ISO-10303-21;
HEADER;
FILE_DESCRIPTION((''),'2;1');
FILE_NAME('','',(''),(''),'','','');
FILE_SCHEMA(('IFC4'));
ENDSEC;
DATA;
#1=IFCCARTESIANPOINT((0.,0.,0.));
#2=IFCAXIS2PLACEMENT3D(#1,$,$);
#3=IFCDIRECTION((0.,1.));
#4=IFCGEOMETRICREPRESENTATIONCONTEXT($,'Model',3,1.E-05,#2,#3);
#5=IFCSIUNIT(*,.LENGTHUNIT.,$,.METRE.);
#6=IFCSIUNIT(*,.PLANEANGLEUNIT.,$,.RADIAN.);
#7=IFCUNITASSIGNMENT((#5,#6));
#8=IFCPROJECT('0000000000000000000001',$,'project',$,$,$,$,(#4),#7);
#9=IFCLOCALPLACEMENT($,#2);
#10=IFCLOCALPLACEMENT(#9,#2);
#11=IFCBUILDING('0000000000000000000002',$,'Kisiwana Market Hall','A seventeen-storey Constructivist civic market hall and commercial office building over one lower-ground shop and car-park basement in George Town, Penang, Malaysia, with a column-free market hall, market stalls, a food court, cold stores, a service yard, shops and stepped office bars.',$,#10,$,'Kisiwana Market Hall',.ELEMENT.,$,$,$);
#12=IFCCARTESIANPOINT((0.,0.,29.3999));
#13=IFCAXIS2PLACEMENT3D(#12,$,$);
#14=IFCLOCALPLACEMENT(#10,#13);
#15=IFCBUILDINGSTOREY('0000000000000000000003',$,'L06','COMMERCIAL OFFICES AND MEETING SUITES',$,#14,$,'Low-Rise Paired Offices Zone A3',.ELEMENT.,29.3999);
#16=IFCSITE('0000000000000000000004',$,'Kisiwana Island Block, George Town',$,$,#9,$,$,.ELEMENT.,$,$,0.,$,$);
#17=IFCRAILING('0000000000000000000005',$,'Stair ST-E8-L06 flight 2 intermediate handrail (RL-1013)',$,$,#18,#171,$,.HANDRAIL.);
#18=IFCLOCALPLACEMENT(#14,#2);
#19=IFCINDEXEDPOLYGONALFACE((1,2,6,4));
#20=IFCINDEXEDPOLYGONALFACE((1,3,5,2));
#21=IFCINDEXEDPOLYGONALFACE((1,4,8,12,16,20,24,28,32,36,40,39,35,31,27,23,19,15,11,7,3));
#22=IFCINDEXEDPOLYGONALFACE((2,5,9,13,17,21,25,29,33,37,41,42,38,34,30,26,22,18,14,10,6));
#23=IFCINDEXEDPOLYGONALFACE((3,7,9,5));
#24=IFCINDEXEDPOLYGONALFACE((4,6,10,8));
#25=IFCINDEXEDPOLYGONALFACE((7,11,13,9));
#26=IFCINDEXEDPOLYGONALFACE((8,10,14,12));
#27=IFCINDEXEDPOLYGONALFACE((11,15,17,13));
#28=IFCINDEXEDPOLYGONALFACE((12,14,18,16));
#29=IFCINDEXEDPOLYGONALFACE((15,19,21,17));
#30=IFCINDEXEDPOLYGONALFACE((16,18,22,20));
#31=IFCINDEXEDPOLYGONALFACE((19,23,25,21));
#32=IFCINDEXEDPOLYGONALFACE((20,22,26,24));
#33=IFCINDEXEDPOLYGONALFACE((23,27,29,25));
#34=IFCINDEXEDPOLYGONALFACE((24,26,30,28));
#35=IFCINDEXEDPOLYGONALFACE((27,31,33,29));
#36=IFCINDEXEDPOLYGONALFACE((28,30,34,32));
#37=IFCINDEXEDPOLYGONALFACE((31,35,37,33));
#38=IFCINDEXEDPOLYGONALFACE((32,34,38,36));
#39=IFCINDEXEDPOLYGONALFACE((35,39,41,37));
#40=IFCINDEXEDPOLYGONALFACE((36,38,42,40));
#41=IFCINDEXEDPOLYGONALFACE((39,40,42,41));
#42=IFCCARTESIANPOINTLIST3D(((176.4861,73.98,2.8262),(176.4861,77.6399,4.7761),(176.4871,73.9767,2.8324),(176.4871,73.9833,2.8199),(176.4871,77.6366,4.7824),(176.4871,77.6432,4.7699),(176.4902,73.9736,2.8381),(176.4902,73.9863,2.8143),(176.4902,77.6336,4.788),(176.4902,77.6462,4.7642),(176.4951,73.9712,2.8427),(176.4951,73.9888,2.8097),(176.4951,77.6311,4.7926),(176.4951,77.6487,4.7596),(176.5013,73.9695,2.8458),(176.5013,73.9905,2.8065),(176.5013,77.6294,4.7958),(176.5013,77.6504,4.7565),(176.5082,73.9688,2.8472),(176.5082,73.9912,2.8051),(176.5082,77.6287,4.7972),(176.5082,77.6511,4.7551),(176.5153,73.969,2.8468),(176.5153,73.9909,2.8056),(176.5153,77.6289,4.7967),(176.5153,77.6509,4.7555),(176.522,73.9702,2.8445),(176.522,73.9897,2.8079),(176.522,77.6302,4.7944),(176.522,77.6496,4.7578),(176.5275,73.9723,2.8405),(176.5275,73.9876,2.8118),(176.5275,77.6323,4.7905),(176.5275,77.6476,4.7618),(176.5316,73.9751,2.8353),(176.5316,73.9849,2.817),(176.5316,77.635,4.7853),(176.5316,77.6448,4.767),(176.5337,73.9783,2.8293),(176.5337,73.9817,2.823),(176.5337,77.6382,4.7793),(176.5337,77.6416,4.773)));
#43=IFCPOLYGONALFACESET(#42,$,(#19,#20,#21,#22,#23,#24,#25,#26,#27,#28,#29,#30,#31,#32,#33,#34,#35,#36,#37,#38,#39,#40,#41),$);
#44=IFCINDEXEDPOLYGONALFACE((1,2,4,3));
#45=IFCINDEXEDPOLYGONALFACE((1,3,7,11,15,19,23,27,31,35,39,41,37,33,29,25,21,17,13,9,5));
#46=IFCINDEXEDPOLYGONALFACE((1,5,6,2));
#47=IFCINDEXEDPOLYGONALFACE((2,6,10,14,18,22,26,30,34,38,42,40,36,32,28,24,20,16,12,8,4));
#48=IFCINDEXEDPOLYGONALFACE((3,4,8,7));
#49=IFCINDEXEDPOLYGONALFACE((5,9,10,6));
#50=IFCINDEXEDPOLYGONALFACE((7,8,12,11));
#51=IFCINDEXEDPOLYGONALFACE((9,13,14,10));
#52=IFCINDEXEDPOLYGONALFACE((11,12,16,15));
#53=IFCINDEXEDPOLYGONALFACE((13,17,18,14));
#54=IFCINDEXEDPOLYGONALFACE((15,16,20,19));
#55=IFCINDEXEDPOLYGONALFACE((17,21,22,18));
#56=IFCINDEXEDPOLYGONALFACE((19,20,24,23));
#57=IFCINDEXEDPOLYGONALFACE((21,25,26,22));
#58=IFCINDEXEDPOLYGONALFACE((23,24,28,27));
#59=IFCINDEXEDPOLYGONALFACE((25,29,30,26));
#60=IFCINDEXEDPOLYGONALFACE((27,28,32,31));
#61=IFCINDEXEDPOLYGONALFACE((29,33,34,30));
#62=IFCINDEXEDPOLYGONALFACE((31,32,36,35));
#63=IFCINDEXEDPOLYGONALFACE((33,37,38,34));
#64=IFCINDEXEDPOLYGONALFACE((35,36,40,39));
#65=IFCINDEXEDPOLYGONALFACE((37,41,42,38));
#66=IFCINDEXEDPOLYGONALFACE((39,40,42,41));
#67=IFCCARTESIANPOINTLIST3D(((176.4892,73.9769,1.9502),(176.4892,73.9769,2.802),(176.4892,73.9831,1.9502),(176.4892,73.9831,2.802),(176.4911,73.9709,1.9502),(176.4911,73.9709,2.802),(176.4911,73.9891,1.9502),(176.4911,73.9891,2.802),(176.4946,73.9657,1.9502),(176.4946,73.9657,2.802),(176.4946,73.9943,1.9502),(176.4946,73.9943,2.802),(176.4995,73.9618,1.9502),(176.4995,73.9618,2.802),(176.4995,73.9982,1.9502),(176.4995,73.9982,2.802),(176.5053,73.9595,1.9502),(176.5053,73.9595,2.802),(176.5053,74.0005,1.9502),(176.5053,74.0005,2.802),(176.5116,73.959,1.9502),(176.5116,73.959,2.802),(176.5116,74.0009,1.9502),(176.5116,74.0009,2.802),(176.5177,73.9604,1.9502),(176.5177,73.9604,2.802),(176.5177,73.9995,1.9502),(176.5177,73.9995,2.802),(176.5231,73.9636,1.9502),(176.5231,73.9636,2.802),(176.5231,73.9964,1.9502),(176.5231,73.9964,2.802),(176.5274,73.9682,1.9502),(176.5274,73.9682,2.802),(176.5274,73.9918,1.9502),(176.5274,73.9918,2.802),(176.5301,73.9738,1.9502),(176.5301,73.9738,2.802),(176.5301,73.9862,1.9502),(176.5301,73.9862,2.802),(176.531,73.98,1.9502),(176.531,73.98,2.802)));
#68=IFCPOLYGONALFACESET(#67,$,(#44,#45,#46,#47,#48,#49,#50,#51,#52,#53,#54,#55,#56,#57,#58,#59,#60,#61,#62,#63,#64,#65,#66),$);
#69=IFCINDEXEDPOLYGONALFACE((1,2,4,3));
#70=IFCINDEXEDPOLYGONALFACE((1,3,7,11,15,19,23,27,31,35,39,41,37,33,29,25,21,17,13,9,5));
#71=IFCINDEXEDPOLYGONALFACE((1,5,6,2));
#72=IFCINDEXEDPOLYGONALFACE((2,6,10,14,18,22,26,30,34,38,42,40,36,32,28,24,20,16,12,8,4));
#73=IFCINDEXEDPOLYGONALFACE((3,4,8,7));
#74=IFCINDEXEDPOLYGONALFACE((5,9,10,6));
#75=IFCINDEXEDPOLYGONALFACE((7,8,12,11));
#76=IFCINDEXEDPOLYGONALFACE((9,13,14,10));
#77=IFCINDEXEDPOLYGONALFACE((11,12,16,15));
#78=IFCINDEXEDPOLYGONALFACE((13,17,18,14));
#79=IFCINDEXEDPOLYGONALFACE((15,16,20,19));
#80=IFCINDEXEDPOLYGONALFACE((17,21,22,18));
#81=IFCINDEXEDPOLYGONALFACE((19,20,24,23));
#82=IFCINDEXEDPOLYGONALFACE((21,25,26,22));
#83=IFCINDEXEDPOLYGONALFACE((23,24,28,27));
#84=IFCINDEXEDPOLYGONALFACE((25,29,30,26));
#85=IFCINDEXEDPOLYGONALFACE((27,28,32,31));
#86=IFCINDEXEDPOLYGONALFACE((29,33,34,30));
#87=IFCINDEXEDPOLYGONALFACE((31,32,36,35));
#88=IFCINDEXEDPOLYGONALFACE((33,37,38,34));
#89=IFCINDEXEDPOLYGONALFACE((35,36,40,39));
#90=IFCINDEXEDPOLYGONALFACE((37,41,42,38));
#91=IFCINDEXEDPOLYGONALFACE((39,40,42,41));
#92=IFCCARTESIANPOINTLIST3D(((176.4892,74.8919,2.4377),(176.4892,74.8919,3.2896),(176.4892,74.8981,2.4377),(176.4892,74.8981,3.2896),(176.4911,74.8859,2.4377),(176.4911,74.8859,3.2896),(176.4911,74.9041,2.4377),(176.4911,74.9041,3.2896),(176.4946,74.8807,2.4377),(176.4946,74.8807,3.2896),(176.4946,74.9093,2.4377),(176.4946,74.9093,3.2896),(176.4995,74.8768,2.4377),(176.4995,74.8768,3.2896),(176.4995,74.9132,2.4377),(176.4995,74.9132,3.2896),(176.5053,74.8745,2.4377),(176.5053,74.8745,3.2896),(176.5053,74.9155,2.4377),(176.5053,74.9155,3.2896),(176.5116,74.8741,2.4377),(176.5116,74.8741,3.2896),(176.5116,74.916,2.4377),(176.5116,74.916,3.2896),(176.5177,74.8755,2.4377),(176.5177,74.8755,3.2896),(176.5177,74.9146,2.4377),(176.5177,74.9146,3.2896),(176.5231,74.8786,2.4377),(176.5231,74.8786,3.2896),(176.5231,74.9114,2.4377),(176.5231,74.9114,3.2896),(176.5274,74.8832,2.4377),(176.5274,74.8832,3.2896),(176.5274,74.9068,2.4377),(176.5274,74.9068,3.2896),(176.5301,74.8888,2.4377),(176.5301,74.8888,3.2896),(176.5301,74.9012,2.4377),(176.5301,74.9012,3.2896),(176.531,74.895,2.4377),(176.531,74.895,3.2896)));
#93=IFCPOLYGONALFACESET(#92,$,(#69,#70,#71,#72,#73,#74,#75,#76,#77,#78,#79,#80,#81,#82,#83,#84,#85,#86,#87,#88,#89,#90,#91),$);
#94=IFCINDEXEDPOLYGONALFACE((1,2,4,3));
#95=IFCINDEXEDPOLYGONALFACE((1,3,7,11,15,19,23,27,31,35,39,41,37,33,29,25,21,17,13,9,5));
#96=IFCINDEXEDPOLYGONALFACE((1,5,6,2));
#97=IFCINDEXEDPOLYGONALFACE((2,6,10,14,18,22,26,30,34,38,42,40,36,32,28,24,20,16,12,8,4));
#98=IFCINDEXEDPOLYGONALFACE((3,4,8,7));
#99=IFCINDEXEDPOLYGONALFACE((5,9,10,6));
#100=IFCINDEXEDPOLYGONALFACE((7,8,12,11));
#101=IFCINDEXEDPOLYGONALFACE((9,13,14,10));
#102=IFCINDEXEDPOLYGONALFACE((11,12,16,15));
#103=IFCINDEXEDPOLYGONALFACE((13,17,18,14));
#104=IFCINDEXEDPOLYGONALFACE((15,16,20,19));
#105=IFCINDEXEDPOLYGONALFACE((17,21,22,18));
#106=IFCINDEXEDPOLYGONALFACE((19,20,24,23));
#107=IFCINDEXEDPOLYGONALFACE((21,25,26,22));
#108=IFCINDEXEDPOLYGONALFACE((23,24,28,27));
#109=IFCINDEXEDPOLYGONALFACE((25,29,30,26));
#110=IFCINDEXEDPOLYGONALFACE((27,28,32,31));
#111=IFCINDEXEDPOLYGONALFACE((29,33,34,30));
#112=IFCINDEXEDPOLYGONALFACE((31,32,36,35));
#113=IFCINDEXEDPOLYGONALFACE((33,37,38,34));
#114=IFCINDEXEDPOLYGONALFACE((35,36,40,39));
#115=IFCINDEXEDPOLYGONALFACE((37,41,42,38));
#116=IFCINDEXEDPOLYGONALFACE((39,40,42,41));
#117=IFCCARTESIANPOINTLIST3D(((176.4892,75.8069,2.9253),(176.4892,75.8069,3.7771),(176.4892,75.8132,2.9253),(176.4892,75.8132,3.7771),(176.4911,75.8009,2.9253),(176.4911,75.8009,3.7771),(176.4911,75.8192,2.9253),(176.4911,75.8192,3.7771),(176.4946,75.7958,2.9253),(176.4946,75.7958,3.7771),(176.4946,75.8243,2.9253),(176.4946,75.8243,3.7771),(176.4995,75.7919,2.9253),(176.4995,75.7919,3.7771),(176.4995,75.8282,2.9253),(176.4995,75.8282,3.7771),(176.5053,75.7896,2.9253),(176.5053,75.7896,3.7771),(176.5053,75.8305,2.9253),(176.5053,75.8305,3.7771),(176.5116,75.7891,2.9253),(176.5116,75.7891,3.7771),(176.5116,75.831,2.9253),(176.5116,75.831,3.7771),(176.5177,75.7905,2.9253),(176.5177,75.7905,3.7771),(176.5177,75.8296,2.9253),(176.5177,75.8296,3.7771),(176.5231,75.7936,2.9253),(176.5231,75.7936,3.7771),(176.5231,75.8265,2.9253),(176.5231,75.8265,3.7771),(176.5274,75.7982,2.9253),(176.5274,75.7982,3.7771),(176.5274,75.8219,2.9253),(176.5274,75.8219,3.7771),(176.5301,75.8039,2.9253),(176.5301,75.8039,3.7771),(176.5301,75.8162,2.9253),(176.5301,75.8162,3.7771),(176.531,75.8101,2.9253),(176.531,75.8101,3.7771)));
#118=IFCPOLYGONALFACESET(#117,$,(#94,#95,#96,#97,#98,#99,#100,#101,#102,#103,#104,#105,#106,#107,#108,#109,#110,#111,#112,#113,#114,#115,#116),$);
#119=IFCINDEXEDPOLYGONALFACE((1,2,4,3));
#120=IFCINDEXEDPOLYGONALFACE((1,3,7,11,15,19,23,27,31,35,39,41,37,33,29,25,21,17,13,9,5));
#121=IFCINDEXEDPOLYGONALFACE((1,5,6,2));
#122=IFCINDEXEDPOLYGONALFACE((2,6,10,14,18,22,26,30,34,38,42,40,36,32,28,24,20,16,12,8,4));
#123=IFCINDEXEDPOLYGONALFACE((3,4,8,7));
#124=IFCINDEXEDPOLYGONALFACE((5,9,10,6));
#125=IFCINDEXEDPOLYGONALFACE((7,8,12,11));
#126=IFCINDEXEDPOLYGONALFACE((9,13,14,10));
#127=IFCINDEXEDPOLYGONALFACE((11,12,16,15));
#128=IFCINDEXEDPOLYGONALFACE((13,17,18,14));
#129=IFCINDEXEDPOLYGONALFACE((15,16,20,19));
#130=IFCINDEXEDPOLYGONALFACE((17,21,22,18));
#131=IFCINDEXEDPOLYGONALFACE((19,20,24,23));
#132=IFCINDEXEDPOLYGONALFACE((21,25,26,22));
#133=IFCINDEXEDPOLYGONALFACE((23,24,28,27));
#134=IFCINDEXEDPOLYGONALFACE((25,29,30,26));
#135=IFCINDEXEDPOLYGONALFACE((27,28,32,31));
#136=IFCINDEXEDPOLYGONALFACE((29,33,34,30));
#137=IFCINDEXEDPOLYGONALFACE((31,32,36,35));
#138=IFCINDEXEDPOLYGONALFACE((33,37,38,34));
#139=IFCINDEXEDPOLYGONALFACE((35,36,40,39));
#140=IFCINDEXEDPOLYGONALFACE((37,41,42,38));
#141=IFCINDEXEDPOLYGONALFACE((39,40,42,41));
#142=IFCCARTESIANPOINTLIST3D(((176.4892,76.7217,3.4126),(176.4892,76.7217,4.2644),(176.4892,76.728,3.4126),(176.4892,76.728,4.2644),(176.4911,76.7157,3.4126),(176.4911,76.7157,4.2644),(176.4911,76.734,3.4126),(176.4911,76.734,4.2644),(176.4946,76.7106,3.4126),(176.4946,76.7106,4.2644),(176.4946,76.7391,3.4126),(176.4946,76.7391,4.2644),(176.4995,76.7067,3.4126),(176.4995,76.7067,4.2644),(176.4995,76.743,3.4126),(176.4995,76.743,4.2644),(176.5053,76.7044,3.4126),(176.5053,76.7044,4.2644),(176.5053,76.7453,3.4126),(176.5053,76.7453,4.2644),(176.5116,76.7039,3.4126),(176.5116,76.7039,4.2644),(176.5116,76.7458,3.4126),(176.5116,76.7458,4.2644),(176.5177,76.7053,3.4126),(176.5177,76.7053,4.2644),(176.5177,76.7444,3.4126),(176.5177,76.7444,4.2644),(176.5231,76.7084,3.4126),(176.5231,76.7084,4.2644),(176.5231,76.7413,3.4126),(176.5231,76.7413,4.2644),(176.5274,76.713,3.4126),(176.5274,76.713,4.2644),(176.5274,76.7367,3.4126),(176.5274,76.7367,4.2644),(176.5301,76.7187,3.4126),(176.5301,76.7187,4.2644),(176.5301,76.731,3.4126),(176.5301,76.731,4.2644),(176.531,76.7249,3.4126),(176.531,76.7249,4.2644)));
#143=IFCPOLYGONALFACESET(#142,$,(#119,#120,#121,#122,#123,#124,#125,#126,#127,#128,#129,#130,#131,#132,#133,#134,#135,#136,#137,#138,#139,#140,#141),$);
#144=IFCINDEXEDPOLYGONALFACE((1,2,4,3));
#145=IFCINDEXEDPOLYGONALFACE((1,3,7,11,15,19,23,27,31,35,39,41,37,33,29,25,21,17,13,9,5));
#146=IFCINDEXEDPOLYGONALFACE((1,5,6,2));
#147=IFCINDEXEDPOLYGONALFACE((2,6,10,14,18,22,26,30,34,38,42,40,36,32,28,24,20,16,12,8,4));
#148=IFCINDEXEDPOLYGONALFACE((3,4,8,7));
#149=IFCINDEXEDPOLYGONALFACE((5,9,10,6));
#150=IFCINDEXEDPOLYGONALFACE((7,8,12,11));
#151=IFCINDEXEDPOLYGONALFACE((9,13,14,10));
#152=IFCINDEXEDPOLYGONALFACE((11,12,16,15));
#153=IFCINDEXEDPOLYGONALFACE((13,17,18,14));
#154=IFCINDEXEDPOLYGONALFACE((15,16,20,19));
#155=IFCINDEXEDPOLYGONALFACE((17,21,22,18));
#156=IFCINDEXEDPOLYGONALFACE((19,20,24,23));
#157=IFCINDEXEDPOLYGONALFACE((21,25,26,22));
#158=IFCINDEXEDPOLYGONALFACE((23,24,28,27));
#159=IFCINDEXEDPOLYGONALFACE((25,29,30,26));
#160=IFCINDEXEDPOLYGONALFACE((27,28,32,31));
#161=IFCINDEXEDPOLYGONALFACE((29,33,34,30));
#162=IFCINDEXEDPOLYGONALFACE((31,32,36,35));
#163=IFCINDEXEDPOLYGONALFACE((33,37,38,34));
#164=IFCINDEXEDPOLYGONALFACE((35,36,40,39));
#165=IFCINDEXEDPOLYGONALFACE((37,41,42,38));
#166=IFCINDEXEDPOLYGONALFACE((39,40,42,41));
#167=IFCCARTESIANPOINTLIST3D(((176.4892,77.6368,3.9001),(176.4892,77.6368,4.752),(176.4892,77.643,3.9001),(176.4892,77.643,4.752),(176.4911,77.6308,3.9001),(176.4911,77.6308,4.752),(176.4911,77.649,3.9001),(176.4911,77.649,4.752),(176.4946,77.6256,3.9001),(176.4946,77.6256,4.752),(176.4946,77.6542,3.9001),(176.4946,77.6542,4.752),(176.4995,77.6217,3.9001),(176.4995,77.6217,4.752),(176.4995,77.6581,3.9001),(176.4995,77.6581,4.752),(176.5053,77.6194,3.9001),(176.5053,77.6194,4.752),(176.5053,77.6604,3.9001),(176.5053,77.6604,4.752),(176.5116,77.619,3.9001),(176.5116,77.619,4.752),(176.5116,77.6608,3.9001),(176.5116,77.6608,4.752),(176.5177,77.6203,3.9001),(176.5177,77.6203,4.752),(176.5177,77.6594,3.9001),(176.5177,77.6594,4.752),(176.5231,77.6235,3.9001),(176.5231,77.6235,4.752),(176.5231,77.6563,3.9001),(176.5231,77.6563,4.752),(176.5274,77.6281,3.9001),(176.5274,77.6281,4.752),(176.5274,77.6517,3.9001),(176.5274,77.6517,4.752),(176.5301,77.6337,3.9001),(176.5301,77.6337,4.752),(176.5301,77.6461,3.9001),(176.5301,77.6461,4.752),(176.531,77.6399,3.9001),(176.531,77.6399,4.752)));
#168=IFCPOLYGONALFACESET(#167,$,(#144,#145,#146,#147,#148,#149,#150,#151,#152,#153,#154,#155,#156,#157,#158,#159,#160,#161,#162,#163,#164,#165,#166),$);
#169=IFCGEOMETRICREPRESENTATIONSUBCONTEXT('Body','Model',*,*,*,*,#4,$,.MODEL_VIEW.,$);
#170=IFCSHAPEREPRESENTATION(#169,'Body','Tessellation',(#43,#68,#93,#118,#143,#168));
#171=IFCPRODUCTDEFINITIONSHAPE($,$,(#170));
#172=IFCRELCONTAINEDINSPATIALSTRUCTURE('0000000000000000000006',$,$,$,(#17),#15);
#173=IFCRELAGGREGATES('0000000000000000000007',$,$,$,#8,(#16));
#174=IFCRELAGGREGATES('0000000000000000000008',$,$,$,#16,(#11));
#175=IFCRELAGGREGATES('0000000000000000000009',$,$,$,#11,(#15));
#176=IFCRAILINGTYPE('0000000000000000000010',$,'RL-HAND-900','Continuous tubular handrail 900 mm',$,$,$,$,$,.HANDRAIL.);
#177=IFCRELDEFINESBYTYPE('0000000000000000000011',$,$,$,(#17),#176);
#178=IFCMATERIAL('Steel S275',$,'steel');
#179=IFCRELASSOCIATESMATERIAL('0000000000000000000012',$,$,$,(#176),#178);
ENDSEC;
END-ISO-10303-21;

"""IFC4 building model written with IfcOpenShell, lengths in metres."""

from ifc_helpers import new_model, si_unit, direction, frame, origin, origin_2d, place, context, subcontext, project, spatial, circle, extrude, material, type_object, element, save


model = new_model("IFC4")

# Units and contexts
model_context = context("Model", 3, precision=1e-05, world=origin(), true_north=direction((0.0, 1.0)))
body_context = subcontext(model_context, "Body", "Model", "MODEL_VIEW")
ifc_project = project(units=[si_unit("LENGTHUNIT", "METRE"), si_unit("PLANEANGLEUNIT", "RADIAN")], contexts=[model_context])

# Site, building, storey
site_placement = place(None, origin())
site = spatial("IfcSite", under=ifc_project, at=site_placement, Name="Kisiwana Island Block, George Town", CompositionType="ELEMENT", RefElevation=0.0)
building_placement = place(site_placement, origin())
building = spatial("IfcBuilding", under=site, at=building_placement, Name="Kisiwana Market Hall", Description="A seventeen-storey Constructivist civic market hall and commercial office building over one lower-ground shop and car-park basement in George Town, Penang, Malaysia, with a column-free market hall, market stalls, a food court, cold stores, a service yard, shops and stepped office bars.", LongName="Kisiwana Market Hall", CompositionType="ELEMENT")
storey_placement = place(building_placement, frame((0.0, 0.0, 29.3999)))
storey = spatial("IfcBuildingStorey", under=building, at=storey_placement, Name="L06", Description="COMMERCIAL OFFICES AND MEETING SUITES", LongName="Low-Rise Paired Offices Zone A3", CompositionType="ELEMENT", Elevation=29.3999)

# Railing
ifc_material_1 = material(Name="Steel S275", Category="steel")
railing_type_1 = type_object("IfcRailingType", Name="RL-HAND-900", Description="Continuous tubular handrail 900 mm", PredefinedType="HANDRAIL", material=ifc_material_1)
railing_1_placement = place(storey_placement, frame((176.51, 73.98, 1.9502)))
element("IfcRailing", 1, at=railing_1_placement, inside=storey, type_object=railing_type_1, Name="Stair ST-E8-L06 flight 2 intermediate handrail (RL-1013)", PredefinedType="HANDRAIL", context=body_context, shape_type="SweptSolid", body=[
    extrude(circle(Radius=0.0239, at=origin_2d()), frame((0.0, 0.0, 0.876), z_axis=(0.0, 0.882553, 0.470212), x_axis=(-1.0, 0.0, 0.0)), (0.0, 0.0, 1.0), 4.147),
    extrude(circle(Radius=0.021, at=origin_2d()), origin(), (0.0, 0.0, 1.0), 0.8518),
    extrude(circle(Radius=0.021, at=origin_2d()), frame((0.0, 0.915, 0.4875)), (0.0, 0.0, 1.0), 0.8518),
    extrude(circle(Radius=0.021, at=origin_2d()), frame((0.0, 1.8301, 0.9751)), (0.0, 0.0, 1.0), 0.8518),
    extrude(circle(Radius=0.021, at=origin_2d()), frame((0.0, 2.7449, 1.4624)), (0.0, 0.0, 1.0), 0.8518),
    extrude(circle(Radius=0.021, at=origin_2d()), frame((0.0, 3.6599, 1.95)), (0.0, 0.0, 1.0), 0.8518),
])

save(model, "model.ifc")
